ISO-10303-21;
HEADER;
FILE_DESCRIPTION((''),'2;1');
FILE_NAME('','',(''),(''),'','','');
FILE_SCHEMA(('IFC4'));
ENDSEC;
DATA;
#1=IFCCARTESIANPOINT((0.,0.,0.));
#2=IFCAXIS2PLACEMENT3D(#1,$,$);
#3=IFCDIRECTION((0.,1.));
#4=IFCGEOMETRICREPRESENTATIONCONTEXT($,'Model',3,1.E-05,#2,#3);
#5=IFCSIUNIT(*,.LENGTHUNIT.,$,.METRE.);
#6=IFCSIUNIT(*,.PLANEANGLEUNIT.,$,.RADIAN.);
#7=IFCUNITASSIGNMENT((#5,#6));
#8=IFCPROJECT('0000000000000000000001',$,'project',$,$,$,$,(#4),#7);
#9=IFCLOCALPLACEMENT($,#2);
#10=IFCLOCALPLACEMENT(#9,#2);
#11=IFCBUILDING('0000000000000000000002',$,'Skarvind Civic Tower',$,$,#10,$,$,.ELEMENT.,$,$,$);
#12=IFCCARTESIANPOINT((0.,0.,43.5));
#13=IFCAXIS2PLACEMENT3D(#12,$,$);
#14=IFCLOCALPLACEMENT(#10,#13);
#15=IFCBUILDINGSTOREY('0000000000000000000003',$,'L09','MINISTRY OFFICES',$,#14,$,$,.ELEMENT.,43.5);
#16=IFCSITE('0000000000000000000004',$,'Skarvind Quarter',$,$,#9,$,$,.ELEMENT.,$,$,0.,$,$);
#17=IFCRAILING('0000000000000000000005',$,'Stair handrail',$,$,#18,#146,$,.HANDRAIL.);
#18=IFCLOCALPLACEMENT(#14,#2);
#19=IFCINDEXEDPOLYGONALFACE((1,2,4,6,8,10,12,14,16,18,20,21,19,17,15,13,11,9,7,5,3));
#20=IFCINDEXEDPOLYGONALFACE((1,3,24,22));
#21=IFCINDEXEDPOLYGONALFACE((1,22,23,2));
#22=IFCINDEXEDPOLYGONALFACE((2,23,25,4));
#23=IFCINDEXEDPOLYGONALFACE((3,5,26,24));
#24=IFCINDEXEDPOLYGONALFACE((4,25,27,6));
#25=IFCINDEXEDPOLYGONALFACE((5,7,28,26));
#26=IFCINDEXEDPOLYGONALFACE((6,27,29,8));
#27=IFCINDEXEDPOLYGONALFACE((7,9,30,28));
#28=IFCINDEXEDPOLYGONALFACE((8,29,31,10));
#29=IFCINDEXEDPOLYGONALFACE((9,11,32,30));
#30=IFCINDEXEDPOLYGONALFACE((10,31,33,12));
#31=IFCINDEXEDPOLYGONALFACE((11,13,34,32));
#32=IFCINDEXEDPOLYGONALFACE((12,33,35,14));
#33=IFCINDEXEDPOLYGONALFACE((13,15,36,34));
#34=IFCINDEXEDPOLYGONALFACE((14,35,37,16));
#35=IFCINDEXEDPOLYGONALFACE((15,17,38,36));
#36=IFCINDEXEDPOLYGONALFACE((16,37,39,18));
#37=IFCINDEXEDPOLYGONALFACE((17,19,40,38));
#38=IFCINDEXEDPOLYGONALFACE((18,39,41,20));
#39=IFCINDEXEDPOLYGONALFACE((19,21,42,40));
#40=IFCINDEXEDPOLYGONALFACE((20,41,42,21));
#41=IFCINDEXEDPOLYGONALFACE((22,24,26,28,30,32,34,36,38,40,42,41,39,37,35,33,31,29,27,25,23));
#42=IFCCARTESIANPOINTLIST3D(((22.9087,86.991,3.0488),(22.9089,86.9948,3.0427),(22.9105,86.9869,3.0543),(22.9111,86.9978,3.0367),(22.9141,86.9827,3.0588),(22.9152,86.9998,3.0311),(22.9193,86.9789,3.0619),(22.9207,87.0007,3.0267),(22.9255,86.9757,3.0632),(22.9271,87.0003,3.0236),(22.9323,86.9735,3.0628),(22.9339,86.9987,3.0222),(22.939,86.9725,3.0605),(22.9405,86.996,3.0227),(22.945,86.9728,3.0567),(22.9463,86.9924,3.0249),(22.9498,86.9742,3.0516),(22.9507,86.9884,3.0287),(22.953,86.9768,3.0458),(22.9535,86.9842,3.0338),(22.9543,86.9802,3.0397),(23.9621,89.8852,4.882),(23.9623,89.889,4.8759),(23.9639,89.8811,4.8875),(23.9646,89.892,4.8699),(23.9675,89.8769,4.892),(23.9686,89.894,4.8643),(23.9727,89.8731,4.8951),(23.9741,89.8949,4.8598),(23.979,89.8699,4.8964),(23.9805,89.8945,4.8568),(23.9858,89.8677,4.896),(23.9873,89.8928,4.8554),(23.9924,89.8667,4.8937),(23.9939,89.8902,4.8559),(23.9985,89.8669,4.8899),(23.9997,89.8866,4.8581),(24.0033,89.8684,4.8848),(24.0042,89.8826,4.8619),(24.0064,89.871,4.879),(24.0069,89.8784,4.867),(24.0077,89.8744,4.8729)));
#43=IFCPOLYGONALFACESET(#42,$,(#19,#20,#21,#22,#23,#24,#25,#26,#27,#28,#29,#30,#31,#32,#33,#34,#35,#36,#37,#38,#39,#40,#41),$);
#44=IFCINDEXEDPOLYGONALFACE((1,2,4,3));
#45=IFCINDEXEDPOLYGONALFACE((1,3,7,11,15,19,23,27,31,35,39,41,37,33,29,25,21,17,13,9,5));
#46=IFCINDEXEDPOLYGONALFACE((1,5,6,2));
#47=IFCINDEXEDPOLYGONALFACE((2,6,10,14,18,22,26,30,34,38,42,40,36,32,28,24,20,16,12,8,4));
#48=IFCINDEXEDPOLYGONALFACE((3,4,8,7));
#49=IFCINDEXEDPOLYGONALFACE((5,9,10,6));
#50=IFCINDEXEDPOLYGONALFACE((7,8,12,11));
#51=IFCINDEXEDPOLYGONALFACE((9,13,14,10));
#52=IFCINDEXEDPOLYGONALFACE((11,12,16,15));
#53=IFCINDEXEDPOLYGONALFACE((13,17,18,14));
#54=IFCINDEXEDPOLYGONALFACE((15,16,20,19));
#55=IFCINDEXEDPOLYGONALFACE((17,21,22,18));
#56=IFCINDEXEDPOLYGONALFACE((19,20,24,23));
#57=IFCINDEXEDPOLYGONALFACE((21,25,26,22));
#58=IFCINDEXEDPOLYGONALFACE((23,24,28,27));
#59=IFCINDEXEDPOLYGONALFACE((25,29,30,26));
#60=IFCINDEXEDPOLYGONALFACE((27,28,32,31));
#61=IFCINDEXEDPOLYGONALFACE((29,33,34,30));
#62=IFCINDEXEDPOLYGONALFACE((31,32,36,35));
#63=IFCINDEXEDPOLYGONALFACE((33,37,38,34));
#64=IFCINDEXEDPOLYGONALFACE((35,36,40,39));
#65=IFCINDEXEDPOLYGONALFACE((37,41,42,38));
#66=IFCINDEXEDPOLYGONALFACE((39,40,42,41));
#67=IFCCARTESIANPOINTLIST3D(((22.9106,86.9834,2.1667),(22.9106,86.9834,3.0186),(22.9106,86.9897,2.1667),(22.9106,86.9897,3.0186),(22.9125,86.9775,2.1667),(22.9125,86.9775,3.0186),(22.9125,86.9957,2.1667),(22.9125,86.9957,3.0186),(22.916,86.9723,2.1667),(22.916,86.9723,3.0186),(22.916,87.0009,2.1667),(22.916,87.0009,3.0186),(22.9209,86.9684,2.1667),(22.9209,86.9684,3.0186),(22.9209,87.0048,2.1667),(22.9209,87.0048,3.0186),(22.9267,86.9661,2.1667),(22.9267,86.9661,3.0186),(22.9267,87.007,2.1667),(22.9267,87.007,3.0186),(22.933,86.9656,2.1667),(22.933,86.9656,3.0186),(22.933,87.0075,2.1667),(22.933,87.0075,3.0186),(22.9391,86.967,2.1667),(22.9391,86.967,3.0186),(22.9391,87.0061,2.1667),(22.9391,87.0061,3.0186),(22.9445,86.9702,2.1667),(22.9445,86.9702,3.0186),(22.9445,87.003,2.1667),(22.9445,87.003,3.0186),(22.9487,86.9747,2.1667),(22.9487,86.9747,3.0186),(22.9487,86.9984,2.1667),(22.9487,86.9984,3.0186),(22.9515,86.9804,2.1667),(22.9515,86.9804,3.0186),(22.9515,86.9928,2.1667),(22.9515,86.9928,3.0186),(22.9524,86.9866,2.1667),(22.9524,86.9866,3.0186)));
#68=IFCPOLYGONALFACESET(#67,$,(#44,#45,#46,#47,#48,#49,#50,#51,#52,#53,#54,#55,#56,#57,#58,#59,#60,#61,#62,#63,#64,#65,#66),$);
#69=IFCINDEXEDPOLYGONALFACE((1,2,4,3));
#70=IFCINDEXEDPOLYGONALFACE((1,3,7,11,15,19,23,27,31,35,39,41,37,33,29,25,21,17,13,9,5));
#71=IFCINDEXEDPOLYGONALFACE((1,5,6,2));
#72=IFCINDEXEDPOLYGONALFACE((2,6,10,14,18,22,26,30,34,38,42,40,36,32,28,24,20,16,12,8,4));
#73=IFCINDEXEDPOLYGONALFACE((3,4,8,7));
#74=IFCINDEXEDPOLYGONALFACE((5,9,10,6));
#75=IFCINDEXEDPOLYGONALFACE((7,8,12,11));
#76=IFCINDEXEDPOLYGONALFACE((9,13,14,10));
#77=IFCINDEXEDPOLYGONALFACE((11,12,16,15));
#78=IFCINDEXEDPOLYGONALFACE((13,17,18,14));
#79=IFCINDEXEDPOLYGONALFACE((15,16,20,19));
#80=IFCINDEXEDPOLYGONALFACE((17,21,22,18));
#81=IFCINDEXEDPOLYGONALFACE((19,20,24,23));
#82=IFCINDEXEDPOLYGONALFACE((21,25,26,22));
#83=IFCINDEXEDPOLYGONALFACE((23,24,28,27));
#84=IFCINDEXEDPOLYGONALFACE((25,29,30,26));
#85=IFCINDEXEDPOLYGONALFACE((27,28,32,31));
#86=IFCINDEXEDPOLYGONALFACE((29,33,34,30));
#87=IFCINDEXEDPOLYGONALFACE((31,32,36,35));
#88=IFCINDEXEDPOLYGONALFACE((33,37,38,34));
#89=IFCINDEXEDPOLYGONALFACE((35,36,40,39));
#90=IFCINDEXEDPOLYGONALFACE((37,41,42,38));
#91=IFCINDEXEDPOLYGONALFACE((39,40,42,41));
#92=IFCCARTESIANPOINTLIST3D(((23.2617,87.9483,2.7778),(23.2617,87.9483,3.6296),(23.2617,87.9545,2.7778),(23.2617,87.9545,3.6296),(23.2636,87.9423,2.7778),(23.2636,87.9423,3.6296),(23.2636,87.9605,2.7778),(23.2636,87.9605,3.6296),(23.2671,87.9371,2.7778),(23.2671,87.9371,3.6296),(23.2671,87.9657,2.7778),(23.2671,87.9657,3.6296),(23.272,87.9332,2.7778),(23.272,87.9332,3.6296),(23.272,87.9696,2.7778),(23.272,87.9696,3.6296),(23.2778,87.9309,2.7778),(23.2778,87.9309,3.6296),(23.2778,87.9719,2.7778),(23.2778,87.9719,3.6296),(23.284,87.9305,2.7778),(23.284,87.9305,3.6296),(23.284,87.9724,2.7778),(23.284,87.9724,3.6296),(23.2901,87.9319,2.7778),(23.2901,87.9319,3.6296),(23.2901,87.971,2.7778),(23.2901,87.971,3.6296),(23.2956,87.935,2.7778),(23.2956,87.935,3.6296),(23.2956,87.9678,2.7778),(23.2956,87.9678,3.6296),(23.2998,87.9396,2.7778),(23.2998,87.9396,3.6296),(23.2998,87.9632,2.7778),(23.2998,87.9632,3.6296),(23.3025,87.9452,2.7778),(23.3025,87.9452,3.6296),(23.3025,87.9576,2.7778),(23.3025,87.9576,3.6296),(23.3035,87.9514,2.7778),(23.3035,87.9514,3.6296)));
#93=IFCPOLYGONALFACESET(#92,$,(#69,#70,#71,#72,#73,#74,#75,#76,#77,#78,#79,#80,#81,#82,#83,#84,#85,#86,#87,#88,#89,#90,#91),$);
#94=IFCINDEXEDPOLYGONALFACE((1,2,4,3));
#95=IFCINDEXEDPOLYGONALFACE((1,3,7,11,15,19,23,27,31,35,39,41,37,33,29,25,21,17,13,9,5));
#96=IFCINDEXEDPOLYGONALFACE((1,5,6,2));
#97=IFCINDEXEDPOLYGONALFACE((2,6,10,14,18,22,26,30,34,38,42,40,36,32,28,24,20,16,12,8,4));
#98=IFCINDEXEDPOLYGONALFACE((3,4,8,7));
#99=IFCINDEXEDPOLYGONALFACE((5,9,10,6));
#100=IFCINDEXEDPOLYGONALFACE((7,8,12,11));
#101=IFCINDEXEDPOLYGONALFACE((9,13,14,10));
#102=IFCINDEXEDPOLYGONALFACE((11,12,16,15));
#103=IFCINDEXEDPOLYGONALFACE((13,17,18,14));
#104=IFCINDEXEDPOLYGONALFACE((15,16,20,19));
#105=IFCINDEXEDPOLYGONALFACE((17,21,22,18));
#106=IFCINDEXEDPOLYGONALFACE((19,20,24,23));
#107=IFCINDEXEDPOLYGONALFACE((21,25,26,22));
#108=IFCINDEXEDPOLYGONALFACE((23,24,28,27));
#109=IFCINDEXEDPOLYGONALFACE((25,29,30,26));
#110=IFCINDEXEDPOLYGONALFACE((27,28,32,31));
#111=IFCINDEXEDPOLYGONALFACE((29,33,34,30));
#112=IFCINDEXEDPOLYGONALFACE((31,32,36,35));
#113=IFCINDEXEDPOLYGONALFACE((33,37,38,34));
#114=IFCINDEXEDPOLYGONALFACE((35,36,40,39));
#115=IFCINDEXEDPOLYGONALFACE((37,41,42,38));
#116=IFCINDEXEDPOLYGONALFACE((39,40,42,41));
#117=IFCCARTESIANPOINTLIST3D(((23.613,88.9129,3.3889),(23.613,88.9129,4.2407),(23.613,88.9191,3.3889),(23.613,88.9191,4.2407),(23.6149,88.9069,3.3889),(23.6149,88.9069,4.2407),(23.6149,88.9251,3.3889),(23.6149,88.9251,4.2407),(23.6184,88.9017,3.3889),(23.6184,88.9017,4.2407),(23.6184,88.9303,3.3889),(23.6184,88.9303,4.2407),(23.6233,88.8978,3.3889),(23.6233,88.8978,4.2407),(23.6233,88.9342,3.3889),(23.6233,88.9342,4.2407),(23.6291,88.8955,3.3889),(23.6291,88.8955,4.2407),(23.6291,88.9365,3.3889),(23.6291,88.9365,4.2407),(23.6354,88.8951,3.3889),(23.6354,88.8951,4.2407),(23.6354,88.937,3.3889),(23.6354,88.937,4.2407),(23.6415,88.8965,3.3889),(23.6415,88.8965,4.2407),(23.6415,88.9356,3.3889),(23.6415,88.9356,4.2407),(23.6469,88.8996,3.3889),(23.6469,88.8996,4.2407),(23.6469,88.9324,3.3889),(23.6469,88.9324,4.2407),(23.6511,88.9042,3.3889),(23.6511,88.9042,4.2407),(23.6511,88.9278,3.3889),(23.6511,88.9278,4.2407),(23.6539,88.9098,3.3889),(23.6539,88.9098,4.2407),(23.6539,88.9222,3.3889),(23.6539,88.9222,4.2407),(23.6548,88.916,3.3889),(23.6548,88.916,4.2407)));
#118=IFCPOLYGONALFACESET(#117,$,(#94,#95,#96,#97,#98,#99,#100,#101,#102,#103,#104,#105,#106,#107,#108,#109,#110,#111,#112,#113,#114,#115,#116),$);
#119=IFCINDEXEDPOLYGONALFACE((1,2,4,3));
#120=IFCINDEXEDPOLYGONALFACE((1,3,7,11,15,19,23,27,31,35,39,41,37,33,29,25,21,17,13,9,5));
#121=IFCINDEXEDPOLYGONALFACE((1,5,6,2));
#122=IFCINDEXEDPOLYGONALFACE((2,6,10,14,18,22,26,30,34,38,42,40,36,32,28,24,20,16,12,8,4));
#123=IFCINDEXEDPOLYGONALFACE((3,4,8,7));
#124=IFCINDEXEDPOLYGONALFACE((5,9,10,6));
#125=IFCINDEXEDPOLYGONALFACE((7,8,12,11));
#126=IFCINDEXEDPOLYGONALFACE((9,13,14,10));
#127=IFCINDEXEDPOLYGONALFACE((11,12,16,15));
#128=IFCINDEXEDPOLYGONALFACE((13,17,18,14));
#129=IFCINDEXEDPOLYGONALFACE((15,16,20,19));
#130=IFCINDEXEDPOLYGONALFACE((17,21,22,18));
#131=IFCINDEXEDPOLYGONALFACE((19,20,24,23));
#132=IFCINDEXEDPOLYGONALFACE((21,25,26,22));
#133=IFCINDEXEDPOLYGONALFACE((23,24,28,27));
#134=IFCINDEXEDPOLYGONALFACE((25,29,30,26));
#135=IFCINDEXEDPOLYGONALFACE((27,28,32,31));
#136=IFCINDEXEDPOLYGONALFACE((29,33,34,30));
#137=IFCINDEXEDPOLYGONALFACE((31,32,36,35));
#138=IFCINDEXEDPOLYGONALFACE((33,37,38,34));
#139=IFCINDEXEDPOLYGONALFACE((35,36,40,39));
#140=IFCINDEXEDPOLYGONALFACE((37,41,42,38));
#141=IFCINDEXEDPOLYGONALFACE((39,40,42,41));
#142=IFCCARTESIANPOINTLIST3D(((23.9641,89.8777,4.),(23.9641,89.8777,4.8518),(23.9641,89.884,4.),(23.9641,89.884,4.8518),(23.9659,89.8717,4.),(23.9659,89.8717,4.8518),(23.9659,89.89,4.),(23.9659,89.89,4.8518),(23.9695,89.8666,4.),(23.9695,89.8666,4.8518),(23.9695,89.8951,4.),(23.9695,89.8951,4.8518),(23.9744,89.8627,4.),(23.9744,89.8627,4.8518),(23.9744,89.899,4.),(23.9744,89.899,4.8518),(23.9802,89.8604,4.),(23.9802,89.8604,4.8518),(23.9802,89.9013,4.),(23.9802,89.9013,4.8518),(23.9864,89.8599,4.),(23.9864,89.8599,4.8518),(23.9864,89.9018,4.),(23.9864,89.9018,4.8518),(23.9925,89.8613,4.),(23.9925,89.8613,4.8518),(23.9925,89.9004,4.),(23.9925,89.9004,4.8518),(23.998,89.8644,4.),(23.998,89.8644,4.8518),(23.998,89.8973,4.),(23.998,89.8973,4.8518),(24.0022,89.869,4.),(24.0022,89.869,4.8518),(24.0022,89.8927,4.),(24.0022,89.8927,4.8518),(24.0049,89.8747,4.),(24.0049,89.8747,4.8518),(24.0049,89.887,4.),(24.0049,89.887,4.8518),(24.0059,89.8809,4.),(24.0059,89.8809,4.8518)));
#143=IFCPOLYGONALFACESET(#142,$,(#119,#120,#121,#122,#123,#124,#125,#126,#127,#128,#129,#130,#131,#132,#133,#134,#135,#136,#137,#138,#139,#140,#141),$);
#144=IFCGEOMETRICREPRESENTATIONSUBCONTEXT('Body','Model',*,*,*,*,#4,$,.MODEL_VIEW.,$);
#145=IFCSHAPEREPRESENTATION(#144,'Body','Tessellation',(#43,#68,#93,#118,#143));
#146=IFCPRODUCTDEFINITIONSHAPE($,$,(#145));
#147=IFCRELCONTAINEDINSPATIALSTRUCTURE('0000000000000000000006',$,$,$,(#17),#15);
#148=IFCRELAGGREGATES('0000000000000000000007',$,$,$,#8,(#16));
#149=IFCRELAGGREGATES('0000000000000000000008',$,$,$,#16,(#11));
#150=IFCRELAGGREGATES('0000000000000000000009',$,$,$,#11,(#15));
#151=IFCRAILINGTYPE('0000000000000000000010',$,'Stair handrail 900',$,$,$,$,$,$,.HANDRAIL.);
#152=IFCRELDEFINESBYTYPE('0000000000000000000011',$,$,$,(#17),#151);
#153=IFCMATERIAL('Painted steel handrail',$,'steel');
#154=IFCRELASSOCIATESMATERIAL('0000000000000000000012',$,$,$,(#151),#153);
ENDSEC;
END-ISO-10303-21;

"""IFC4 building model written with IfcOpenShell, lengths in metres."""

from ifc_helpers import new_model, si_unit, direction, frame, origin, origin_2d, place, context, subcontext, project, spatial, circle, extrude, material, type_object, element, save


model = new_model("IFC4")

# Units and contexts
model_context = context("Model", 3, precision=1e-05, world=origin(), true_north=direction((0.0, 1.0)))
body_context = subcontext(model_context, "Body", "Model", "MODEL_VIEW")
ifc_project = project(units=[si_unit("LENGTHUNIT", "METRE"), si_unit("PLANEANGLEUNIT", "RADIAN")], contexts=[model_context])

# Site, building, storey
site_placement = place(None, origin())
site = spatial("IfcSite", under=ifc_project, at=site_placement, Name="Skarvind Quarter", CompositionType="ELEMENT", RefElevation=0.0)
building_placement = place(site_placement, origin())
building = spatial("IfcBuilding", under=site, at=building_placement, Name="Skarvind Civic Tower", CompositionType="ELEMENT")
storey_placement = place(building_placement, frame((0.0, 0.0, 43.5)))
storey = spatial("IfcBuildingStorey", under=building, at=storey_placement, Name="L09", Description="MINISTRY OFFICES", CompositionType="ELEMENT", Elevation=43.5)

# Railing
ifc_material_1 = material(Name="Painted steel handrail", Category="steel")
railing_type = type_object("IfcRailingType", Name="Stair handrail 900", PredefinedType="HANDRAIL", material=ifc_material_1)
railing_1_placement = place(storey_placement, frame((22.9314, 86.9866, 2.1667)))
element("IfcRailing", 1, at=railing_1_placement, inside=storey, type_object=railing_type, Name="Stair handrail", PredefinedType="HANDRAIL", context=body_context, shape_type="SweptSolid", body=[
    extrude(circle(Radius=0.0239, at=origin_2d()), frame((0.0, 0.0, 0.876), z_axis=(0.293908, 0.807481, 0.511461), x_axis=(-0.939689, 0.342029, 0.0)), (0.0, 0.0, 1.0), 3.5842),
    extrude(circle(Radius=0.021, at=origin_2d()), origin(), (0.0, 0.0, 1.0), 0.8518),
    extrude(circle(Radius=0.021, at=origin_2d()), frame((0.3511, 0.9648, 0.6111)), (0.0, 0.0, 1.0), 0.8518),
    extrude(circle(Radius=0.021, at=origin_2d()), frame((0.7024, 1.9294, 1.2222)), (0.0, 0.0, 1.0), 0.8518),
    extrude(circle(Radius=0.021, at=origin_2d()), frame((1.0535, 2.8943, 1.8333)), (0.0, 0.0, 1.0), 0.8518),
])

save(model, "model.ifc")
